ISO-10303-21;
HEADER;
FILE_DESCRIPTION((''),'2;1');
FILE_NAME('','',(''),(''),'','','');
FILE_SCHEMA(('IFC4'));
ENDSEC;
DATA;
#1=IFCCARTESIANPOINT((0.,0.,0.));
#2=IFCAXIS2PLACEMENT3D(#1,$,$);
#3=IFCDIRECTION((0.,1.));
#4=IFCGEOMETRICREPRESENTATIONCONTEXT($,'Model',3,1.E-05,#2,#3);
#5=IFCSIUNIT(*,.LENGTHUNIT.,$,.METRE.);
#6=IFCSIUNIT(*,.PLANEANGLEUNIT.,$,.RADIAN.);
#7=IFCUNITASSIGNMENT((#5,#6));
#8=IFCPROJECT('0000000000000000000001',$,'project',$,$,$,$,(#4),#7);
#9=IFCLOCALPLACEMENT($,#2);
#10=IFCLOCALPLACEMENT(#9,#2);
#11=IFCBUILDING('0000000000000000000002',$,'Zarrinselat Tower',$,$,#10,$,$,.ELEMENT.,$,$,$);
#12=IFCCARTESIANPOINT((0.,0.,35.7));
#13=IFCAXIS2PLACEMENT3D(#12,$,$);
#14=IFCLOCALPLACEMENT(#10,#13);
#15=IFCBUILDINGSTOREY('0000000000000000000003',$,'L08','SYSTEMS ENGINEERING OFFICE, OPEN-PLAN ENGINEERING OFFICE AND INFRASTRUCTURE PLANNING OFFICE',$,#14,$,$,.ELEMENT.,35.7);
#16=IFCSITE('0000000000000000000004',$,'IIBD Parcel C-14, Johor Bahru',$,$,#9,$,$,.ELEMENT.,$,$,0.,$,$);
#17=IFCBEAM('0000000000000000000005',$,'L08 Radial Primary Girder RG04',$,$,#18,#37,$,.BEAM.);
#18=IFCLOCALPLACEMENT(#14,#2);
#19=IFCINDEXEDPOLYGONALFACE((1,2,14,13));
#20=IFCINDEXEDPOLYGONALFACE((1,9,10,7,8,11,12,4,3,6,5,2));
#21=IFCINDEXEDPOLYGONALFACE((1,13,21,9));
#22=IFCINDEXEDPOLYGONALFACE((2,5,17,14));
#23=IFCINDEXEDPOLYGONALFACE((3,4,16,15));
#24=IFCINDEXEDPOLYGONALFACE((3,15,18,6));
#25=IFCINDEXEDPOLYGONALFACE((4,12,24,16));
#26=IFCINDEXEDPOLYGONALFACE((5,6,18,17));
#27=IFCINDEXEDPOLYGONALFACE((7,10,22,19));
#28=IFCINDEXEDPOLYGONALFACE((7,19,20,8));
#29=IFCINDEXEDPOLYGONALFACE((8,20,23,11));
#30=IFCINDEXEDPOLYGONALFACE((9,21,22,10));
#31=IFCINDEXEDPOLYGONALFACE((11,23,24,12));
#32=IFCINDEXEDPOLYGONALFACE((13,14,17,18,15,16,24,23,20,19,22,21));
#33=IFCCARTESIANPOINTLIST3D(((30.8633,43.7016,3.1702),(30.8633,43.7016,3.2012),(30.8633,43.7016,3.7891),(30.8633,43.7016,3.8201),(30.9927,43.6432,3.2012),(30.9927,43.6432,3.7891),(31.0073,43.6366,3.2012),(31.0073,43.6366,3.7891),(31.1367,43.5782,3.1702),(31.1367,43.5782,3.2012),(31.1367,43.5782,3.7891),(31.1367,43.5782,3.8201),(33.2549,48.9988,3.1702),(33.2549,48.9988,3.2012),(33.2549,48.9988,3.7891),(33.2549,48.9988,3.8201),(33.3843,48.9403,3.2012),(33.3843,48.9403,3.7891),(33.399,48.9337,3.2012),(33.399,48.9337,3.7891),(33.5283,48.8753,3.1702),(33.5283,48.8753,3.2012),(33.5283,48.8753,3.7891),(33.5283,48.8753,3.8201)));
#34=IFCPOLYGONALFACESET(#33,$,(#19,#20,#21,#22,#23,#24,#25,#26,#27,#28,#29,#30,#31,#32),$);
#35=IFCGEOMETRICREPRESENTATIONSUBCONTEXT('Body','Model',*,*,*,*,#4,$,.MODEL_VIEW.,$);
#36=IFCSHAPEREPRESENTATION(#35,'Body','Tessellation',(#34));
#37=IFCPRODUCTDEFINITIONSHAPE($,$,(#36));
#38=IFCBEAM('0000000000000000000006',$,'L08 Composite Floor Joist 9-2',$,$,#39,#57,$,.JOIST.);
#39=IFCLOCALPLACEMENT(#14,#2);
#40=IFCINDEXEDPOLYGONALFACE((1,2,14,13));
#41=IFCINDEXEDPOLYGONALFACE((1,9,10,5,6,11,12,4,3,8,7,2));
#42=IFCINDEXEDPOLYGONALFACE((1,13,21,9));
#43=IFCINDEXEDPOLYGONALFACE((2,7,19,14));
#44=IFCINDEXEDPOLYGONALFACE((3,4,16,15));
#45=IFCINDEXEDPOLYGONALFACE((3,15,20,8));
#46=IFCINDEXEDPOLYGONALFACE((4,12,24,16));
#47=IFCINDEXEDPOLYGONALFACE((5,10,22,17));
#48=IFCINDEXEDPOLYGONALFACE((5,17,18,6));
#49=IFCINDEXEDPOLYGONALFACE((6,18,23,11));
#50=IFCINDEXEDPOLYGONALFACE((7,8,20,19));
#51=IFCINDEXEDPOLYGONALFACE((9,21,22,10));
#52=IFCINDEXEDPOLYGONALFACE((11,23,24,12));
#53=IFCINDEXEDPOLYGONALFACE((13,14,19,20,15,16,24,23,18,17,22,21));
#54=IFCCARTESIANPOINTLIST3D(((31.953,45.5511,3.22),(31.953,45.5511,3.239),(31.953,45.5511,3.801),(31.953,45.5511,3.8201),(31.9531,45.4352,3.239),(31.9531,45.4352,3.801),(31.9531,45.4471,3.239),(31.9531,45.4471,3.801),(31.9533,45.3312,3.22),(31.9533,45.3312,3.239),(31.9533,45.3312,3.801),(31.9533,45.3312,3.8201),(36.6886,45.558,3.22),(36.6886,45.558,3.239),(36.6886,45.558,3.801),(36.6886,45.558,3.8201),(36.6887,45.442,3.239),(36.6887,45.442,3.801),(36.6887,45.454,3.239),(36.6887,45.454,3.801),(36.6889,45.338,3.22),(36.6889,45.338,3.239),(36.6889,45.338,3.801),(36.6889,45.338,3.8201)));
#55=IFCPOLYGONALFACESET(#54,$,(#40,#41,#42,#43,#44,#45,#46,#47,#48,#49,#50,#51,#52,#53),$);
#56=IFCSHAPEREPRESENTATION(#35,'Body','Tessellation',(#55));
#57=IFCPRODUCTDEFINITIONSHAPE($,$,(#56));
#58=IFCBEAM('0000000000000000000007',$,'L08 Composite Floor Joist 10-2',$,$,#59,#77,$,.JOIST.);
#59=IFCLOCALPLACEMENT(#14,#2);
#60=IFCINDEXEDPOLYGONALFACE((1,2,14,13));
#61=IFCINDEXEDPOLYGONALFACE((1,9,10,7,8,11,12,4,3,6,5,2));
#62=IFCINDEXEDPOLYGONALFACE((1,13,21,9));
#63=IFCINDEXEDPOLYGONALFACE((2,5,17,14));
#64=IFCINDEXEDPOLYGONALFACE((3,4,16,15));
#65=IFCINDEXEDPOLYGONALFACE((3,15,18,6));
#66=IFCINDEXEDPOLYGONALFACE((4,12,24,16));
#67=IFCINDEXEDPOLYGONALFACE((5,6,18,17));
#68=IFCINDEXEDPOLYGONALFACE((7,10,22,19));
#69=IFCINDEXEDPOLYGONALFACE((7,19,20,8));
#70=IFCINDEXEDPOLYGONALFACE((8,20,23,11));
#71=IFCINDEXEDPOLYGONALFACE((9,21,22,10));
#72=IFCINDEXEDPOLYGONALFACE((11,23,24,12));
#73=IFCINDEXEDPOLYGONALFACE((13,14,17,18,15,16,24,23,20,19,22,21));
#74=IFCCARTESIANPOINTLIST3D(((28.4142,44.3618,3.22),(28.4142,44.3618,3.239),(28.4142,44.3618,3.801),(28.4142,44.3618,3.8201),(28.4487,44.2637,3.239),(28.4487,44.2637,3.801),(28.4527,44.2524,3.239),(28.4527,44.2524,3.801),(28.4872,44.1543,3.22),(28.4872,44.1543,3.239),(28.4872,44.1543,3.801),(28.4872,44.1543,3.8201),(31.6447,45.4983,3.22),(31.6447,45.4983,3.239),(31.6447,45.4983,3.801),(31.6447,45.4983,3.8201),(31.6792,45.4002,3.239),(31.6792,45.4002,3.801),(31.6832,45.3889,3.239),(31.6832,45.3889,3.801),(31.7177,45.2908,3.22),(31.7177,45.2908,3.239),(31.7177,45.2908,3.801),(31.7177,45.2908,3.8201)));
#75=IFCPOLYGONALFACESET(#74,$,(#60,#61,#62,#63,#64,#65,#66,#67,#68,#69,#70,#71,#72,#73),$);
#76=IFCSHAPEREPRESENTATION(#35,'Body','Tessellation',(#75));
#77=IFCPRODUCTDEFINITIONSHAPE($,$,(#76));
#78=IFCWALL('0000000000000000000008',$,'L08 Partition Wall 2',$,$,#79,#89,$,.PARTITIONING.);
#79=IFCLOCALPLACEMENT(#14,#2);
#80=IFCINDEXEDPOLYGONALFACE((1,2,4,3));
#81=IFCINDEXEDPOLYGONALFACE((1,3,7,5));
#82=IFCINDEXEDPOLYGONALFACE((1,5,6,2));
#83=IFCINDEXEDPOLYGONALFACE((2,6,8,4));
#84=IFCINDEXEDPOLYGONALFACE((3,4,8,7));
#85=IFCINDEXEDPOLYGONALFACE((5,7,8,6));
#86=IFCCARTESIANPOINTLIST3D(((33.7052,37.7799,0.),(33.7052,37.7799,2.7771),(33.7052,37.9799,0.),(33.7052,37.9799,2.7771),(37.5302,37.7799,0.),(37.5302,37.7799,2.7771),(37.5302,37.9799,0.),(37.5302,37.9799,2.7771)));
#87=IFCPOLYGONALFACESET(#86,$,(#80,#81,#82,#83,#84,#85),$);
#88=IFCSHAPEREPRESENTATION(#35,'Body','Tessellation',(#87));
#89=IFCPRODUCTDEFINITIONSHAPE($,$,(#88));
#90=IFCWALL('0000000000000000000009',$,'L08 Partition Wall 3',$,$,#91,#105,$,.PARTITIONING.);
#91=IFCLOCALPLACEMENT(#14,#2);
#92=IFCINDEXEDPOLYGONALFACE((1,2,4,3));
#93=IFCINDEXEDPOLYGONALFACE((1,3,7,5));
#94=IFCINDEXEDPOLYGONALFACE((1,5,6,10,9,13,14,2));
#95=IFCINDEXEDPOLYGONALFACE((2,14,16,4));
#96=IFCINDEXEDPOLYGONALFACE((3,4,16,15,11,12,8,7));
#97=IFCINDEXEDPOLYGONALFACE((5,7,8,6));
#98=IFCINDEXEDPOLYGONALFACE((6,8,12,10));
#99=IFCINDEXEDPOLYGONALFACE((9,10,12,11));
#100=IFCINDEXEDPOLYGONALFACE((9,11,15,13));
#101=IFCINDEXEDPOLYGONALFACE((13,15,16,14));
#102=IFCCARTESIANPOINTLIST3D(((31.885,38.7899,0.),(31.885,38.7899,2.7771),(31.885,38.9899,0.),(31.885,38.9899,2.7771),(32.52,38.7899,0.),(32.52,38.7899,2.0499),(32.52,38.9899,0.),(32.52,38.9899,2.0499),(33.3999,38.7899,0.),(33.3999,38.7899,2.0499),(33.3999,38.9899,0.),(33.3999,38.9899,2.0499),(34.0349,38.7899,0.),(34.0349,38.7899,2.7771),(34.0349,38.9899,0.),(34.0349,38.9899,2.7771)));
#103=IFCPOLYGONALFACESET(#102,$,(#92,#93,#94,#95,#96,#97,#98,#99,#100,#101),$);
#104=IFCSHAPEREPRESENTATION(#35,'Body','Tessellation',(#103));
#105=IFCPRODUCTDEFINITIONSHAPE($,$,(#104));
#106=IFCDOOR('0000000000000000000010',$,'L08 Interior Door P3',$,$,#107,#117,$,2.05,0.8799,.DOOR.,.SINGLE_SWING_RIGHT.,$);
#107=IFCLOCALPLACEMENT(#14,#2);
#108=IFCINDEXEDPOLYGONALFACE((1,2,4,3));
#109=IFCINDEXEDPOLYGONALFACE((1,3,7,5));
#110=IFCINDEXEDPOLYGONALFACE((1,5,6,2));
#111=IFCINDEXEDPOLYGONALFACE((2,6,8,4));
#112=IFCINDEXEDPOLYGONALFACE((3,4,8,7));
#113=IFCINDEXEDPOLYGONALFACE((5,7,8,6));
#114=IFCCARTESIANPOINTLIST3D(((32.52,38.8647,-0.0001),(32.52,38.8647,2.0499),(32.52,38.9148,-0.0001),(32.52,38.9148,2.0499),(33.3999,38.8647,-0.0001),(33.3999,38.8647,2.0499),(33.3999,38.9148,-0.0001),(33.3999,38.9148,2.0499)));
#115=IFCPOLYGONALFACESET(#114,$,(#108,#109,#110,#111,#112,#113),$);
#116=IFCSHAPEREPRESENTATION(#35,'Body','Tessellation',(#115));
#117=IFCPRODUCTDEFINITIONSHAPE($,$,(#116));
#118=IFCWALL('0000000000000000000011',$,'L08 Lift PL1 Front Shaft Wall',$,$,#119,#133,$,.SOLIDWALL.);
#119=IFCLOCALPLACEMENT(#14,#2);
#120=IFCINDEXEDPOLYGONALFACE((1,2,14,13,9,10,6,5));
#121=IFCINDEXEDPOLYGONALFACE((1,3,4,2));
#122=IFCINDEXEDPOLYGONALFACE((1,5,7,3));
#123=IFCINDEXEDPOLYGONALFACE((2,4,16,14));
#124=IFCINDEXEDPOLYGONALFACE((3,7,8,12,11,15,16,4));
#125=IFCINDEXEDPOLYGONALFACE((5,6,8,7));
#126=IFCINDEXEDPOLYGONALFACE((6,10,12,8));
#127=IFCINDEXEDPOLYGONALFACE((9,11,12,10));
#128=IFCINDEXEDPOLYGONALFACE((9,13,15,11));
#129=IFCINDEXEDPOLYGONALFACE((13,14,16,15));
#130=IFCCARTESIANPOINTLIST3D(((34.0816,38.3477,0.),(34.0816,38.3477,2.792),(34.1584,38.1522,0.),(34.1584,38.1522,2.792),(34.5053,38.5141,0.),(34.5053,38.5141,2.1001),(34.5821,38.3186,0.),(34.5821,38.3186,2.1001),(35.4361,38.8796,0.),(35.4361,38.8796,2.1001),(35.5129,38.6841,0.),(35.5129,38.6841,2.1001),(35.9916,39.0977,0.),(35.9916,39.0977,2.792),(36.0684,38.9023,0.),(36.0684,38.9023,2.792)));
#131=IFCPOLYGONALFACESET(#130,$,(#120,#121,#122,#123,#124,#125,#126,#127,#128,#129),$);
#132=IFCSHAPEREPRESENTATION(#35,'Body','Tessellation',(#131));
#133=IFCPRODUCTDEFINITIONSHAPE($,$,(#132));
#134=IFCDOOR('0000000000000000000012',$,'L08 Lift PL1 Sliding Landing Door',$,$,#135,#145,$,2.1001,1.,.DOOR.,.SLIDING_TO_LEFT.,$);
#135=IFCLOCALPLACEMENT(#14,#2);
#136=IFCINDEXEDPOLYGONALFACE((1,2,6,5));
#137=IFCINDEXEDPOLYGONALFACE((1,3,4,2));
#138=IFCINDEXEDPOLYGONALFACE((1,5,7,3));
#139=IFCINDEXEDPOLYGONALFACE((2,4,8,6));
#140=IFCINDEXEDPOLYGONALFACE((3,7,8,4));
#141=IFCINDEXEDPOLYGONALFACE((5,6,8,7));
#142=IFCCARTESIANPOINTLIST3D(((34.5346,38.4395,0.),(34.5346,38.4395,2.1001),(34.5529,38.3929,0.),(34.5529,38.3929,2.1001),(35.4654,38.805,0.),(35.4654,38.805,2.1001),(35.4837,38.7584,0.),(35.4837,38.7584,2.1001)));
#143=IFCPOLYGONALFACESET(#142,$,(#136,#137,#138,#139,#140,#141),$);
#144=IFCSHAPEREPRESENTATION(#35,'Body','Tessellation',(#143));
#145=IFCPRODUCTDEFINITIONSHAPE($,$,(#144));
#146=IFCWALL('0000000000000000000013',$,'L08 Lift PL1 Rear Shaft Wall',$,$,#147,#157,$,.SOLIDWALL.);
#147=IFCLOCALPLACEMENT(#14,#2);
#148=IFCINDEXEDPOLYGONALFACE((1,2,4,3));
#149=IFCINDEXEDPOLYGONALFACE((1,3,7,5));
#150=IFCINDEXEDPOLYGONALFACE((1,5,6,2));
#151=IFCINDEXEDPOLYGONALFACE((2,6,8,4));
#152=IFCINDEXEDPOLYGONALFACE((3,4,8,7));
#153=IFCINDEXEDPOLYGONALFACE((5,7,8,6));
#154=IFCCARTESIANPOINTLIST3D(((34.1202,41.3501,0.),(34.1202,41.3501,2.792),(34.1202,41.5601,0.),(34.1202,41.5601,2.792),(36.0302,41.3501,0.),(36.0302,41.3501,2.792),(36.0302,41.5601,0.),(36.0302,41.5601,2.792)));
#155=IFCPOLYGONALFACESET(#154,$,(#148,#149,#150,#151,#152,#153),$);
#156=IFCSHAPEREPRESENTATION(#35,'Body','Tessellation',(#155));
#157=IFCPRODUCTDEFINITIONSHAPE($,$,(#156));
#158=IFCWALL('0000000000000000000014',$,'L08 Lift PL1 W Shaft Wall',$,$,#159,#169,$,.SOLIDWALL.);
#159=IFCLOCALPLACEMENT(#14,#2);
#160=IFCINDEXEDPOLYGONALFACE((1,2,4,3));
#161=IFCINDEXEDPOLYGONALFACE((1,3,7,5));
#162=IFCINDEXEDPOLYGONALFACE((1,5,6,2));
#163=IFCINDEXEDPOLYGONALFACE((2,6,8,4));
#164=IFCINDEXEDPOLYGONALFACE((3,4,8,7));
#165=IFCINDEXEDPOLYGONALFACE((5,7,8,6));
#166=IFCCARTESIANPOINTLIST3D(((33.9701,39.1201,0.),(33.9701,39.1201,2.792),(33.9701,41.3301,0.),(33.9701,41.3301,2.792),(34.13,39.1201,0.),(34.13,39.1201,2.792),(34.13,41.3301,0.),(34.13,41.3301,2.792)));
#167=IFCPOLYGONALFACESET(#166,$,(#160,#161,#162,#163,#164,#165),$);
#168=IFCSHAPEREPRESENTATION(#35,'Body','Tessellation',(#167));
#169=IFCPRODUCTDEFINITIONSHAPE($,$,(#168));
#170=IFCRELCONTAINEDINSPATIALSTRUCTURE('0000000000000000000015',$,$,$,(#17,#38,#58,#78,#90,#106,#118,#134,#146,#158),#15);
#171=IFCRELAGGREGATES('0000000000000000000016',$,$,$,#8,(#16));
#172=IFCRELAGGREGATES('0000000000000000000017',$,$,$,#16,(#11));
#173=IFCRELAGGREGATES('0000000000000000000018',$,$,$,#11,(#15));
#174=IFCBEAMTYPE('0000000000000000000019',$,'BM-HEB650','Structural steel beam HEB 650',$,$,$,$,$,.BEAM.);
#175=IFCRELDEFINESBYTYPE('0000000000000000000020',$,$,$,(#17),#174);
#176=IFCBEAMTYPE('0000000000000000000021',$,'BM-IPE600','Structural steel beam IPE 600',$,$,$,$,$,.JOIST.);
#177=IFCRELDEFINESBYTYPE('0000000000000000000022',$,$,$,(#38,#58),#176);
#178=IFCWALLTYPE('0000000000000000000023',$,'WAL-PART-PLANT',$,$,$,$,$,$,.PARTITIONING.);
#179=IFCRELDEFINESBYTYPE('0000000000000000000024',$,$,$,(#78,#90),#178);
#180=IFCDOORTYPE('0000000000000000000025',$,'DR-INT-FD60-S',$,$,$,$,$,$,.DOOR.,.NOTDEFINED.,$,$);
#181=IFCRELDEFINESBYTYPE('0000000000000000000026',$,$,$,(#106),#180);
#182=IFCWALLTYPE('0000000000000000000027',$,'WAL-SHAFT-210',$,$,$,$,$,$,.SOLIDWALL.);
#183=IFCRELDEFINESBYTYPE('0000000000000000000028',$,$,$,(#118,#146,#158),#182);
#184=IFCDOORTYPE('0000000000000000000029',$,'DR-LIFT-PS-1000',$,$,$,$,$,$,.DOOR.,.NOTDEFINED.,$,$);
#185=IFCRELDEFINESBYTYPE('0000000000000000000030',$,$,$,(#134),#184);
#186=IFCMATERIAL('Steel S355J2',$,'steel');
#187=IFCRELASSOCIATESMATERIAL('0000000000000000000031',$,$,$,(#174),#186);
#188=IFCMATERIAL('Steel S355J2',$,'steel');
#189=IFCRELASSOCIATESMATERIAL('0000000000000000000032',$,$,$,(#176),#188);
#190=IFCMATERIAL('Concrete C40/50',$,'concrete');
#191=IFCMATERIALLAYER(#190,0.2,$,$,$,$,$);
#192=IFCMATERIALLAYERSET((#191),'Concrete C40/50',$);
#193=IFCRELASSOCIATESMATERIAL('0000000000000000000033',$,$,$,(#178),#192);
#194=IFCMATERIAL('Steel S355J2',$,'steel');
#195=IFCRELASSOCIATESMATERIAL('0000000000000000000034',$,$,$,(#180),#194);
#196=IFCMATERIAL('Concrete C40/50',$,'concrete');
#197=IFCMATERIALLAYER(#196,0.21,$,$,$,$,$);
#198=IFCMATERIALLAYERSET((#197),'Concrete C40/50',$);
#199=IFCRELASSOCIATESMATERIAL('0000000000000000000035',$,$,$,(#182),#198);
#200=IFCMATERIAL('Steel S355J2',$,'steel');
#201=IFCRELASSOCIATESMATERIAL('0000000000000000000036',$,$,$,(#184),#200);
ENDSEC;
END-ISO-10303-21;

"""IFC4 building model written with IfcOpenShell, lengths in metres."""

from ifc_helpers import new_model, si_unit, direction, frame, frame_2d, origin, origin_2d, place, context, subcontext, project, spatial, rectangle, i_section, extrude, material, layer, layer_set, material_profile, profile_set, type_object, element, fill, save


model = new_model("IFC4")

# Units and contexts
model_context = context("Model", 3, precision=1e-05, world=origin(), true_north=direction((0.0, 1.0)))
body_context = subcontext(model_context, "Body", "Model", "MODEL_VIEW")
ifc_project = project(units=[si_unit("LENGTHUNIT", "METRE"), si_unit("PLANEANGLEUNIT", "RADIAN")], contexts=[model_context])

# Site, building, storey
site_placement = place(None, origin())
site = spatial("IfcSite", under=ifc_project, at=site_placement, Name="IIBD Parcel C-14, Johor Bahru", CompositionType="ELEMENT", RefElevation=0.0)
building_placement = place(site_placement, origin())
building = spatial("IfcBuilding", under=site, at=building_placement, Name="Zarrinselat Tower", CompositionType="ELEMENT")
storey_placement = place(building_placement, frame((0.0, 0.0, 35.7)))
storey = spatial("IfcBuildingStorey", under=building, at=storey_placement, Name="L08", Description="SYSTEMS ENGINEERING OFFICE, OPEN-PLAN ENGINEERING OFFICE AND INFRASTRUCTURE PLANNING OFFICE", CompositionType="ELEMENT", Elevation=35.7)

# Beams
ifc_material_1 = material(Name="Steel S355J2", Category="steel")
ifc_material_profile_1 = material_profile(ifc_material_1, i_section(OverallWidth=0.3, OverallDepth=0.6499, WebThickness=0.0161, FlangeThickness=0.031, at=origin_2d()), Name="HEB 650")
ifc_profile_set_1 = profile_set([ifc_material_profile_1], Name="Steel S355J2")
beam_type_1 = type_object("IfcBeamType", Name="BM-HEB650", Description="Structural steel beam HEB 650", PredefinedType="BEAM", material=ifc_profile_set_1)
beam_1_placement = place(storey_placement, frame((31.0, 43.6399, 3.4951), z_axis=(0.411494, 0.911412, 0.0), x_axis=(-0.911412, 0.411494, 0.0)))
element("IfcBeam", 1, at=beam_1_placement, inside=storey, type_object=beam_type_1, Name="L08 Radial Primary Girder RG04", PredefinedType="BEAM", context=body_context, shape_type="SweptSolid", body=[
    extrude(i_section(OverallWidth=0.3, OverallDepth=0.6499, WebThickness=0.0161, FlangeThickness=0.031, at=origin_2d()), origin(), (0.0, 0.0, 1.0), 5.812),
])
ifc_material_2 = material(Name="Steel S355J2", Category="steel")
ifc_material_profile_2 = material_profile(ifc_material_2, i_section(OverallWidth=0.22, OverallDepth=0.6001, WebThickness=0.012, FlangeThickness=0.019, at=origin_2d()), Name="IPE 600")
ifc_profile_set_2 = profile_set([ifc_material_profile_2], Name="Steel S355J2")
beam_type_2 = type_object("IfcBeamType", Name="BM-IPE600", Description="Structural steel beam IPE 600", PredefinedType="JOIST", material=ifc_profile_set_2)
beam_2_placement = place(storey_placement, frame((31.9531, 45.4412, 3.52), z_axis=(0.999999, 0.001444, 0.0), x_axis=(-0.001444, 0.999999, 0.0)))
element("IfcBeam", 2, at=beam_2_placement, inside=storey, type_object=beam_type_2, Name="L08 Composite Floor Joist 9-2", PredefinedType="JOIST", context=body_context, shape_type="SweptSolid", body=[
    extrude(i_section(OverallWidth=0.22, OverallDepth=0.6001, WebThickness=0.012, FlangeThickness=0.019, at=origin_2d()), origin(), (0.0, 0.0, 1.0), 4.7356),
])
beam_3_placement = place(storey_placement, frame((28.4507, 44.2581, 3.52), z_axis=(0.943328, 0.331862, 0.0), x_axis=(-0.331862, 0.943328, 0.0)))
element("IfcBeam", 3, at=beam_3_placement, inside=storey, type_object=beam_type_2, Name="L08 Composite Floor Joist 10-2", PredefinedType="JOIST", context=body_context, shape_type="SweptSolid", body=[
    extrude(i_section(OverallWidth=0.22, OverallDepth=0.6001, WebThickness=0.012, FlangeThickness=0.019, at=origin_2d()), origin(), (0.0, 0.0, 1.0), 3.4246),
])

# Wall
ifc_material_3 = material(Name="Concrete C40/50", Category="concrete")
ifc_layer_1 = layer(ifc_material_3, 0.2)
ifc_layer_set_1 = layer_set([ifc_layer_1], Name="Concrete C40/50")
wall_type_1 = type_object("IfcWallType", Name="WAL-PART-PLANT", PredefinedType="PARTITIONING", material=ifc_layer_set_1)
wall_1_placement = place(storey_placement, frame((33.7051, 37.8799, 0.0), z_axis=(0.0, 0.0, 1.0), x_axis=(1.0, 0.0, 0.0)))
element("IfcWall", 4, at=wall_1_placement, inside=storey, type_object=wall_type_1, Name="L08 Partition Wall 2", PredefinedType="PARTITIONING", context=body_context, shape_type="SweptSolid", body=[
    extrude(rectangle(XDim=3.825, YDim=0.2, at=frame_2d((1.9126, 0.0))), origin(), (0.0, 0.0, 1.0), 2.7771),
])

# Walls, openings, doors
wall_2_placement = place(storey_placement, frame((31.885, 38.8899, 0.0), z_axis=(0.0, 0.0, 1.0), x_axis=(1.0, 0.0, 0.0)))
wall_2 = element("IfcWall", 5, at=wall_2_placement, inside=storey, type_object=wall_type_1, Name="L08 Partition Wall 3", PredefinedType="PARTITIONING", context=body_context, shape_type="SweptSolid", body=[
    extrude(rectangle(XDim=2.1499, YDim=0.2, at=frame_2d((1.075, 0.0))), origin(), (0.0, 0.0, 1.0), 2.7771),
])
opening_1_placement = place(wall_2_placement, frame((0.635, 0.0, 0.0)))
opening_1 = element("IfcOpeningElement", 6, at=opening_1_placement, cuts=wall_2, PredefinedType="OPENING", context=body_context, shape_type="SweptSolid", body=[
    extrude(rectangle(XDim=0.8799, YDim=2.05, at=frame_2d((0.4399, 1.0249))), frame((0.0, 0.1099, 0.0), z_axis=(0.0, -1.0, 0.0), x_axis=(1.0, 0.0, 0.0)), (0.0, 0.0, 1.0), 0.22),
])
ifc_material_4 = material(Name="Steel S355J2", Category="steel")
door_type_1 = type_object("IfcDoorType", Name="DR-INT-FD60-S", OperationType="NOTDEFINED", PredefinedType="DOOR", material=ifc_material_4)
door_1_placement = place(opening_1_placement, origin())
door_1 = element("IfcDoor", 7, at=door_1_placement, inside=storey, type_object=door_type_1, Name="L08 Interior Door P3", OperationType="SINGLE_SWING_RIGHT", OverallHeight=2.05, OverallWidth=0.8799, PredefinedType="DOOR", context=body_context, shape_type="SweptSolid", body=[
    extrude(rectangle(XDim=0.8799, YDim=2.05, at=frame_2d((0.4399, 1.0249))), frame((0.0, 0.0249, 0.0), z_axis=(0.0, -1.0, 0.0), x_axis=(1.0, 0.0, 0.0)), (0.0, 0.0, 1.0), 0.05),
])
fill(opening_1, door_1)
ifc_material_5 = material(Name="Concrete C40/50", Category="concrete")
ifc_layer_2 = layer(ifc_material_5, 0.21)
ifc_layer_set_2 = layer_set([ifc_layer_2], Name="Concrete C40/50")
wall_type_2 = type_object("IfcWallType", Name="WAL-SHAFT-210", PredefinedType="SOLIDWALL", material=ifc_layer_set_2)
wall_3_placement = place(storey_placement, frame((34.1201, 38.25, 0.0), z_axis=(0.0, 0.0, 1.0), x_axis=(0.930805, 0.365516, 0.0)))
wall_3 = element("IfcWall", 8, at=wall_3_placement, inside=storey, type_object=wall_type_2, Name="L08 Lift PL1 Front Shaft Wall", PredefinedType="SOLIDWALL", context=body_context, shape_type="SweptSolid", body=[
    extrude(rectangle(XDim=2.052, YDim=0.21, at=frame_2d((1.0259, 0.0))), origin(), (0.0, 0.0, 1.0), 2.792),
])
opening_2_placement = place(wall_3_placement, frame((0.4551, 0.0, 0.0)))
opening_2 = element("IfcOpeningElement", 9, at=opening_2_placement, cuts=wall_3, PredefinedType="OPENING", context=body_context, shape_type="SweptSolid", body=[
    extrude(rectangle(XDim=1.0, YDim=2.1001, at=frame_2d((0.5, 1.05))), frame((0.0, 0.115, 0.0), z_axis=(0.0, -1.0, 0.0), x_axis=(1.0, 0.0, 0.0)), (0.0, 0.0, 1.0), 0.23),
])
ifc_material_6 = material(Name="Steel S355J2", Category="steel")
door_type_2 = type_object("IfcDoorType", Name="DR-LIFT-PS-1000", OperationType="NOTDEFINED", PredefinedType="DOOR", material=ifc_material_6)
door_2_placement = place(opening_2_placement, origin())
door_2 = element("IfcDoor", 10, at=door_2_placement, inside=storey, type_object=door_type_2, Name="L08 Lift PL1 Sliding Landing Door", OperationType="SLIDING_TO_LEFT", OverallHeight=2.1001, OverallWidth=1.0, PredefinedType="DOOR", context=body_context, shape_type="SweptSolid", body=[
    extrude(rectangle(XDim=1.0, YDim=2.1001, at=frame_2d((0.5, 1.05))), frame((0.0, 0.0249, 0.0), z_axis=(0.0, -1.0, 0.0), x_axis=(1.0, 0.0, 0.0)), (0.0, 0.0, 1.0), 0.05),
])
fill(opening_2, door_2)

# Walls
wall_4_placement = place(storey_placement, frame((34.1201, 41.4551, 0.0), z_axis=(0.0, 0.0, 1.0), x_axis=(1.0, 0.0, 0.0)))
element("IfcWall", 11, at=wall_4_placement, inside=storey, type_object=wall_type_2, Name="L08 Lift PL1 Rear Shaft Wall", PredefinedType="SOLIDWALL", context=body_context, shape_type="SweptSolid", body=[
    extrude(rectangle(XDim=1.9099, YDim=0.21, at=frame_2d((0.9551, 0.0))), origin(), (0.0, 0.0, 1.0), 2.792),
])
wall_5_placement = place(storey_placement, frame((34.05, 39.1201, 0.0), z_axis=(0.0, 0.0, 1.0), x_axis=(0.0, 1.0, 0.0)))
element("IfcWall", 12, at=wall_5_placement, inside=storey, type_object=wall_type_2, Name="L08 Lift PL1 W Shaft Wall", PredefinedType="SOLIDWALL", context=body_context, shape_type="SweptSolid", body=[
    extrude(rectangle(XDim=2.21, YDim=0.1599, at=frame_2d((1.105, 0.0))), origin(), (0.0, 0.0, 1.0), 2.792),
])

save(model, "model.ifc")
